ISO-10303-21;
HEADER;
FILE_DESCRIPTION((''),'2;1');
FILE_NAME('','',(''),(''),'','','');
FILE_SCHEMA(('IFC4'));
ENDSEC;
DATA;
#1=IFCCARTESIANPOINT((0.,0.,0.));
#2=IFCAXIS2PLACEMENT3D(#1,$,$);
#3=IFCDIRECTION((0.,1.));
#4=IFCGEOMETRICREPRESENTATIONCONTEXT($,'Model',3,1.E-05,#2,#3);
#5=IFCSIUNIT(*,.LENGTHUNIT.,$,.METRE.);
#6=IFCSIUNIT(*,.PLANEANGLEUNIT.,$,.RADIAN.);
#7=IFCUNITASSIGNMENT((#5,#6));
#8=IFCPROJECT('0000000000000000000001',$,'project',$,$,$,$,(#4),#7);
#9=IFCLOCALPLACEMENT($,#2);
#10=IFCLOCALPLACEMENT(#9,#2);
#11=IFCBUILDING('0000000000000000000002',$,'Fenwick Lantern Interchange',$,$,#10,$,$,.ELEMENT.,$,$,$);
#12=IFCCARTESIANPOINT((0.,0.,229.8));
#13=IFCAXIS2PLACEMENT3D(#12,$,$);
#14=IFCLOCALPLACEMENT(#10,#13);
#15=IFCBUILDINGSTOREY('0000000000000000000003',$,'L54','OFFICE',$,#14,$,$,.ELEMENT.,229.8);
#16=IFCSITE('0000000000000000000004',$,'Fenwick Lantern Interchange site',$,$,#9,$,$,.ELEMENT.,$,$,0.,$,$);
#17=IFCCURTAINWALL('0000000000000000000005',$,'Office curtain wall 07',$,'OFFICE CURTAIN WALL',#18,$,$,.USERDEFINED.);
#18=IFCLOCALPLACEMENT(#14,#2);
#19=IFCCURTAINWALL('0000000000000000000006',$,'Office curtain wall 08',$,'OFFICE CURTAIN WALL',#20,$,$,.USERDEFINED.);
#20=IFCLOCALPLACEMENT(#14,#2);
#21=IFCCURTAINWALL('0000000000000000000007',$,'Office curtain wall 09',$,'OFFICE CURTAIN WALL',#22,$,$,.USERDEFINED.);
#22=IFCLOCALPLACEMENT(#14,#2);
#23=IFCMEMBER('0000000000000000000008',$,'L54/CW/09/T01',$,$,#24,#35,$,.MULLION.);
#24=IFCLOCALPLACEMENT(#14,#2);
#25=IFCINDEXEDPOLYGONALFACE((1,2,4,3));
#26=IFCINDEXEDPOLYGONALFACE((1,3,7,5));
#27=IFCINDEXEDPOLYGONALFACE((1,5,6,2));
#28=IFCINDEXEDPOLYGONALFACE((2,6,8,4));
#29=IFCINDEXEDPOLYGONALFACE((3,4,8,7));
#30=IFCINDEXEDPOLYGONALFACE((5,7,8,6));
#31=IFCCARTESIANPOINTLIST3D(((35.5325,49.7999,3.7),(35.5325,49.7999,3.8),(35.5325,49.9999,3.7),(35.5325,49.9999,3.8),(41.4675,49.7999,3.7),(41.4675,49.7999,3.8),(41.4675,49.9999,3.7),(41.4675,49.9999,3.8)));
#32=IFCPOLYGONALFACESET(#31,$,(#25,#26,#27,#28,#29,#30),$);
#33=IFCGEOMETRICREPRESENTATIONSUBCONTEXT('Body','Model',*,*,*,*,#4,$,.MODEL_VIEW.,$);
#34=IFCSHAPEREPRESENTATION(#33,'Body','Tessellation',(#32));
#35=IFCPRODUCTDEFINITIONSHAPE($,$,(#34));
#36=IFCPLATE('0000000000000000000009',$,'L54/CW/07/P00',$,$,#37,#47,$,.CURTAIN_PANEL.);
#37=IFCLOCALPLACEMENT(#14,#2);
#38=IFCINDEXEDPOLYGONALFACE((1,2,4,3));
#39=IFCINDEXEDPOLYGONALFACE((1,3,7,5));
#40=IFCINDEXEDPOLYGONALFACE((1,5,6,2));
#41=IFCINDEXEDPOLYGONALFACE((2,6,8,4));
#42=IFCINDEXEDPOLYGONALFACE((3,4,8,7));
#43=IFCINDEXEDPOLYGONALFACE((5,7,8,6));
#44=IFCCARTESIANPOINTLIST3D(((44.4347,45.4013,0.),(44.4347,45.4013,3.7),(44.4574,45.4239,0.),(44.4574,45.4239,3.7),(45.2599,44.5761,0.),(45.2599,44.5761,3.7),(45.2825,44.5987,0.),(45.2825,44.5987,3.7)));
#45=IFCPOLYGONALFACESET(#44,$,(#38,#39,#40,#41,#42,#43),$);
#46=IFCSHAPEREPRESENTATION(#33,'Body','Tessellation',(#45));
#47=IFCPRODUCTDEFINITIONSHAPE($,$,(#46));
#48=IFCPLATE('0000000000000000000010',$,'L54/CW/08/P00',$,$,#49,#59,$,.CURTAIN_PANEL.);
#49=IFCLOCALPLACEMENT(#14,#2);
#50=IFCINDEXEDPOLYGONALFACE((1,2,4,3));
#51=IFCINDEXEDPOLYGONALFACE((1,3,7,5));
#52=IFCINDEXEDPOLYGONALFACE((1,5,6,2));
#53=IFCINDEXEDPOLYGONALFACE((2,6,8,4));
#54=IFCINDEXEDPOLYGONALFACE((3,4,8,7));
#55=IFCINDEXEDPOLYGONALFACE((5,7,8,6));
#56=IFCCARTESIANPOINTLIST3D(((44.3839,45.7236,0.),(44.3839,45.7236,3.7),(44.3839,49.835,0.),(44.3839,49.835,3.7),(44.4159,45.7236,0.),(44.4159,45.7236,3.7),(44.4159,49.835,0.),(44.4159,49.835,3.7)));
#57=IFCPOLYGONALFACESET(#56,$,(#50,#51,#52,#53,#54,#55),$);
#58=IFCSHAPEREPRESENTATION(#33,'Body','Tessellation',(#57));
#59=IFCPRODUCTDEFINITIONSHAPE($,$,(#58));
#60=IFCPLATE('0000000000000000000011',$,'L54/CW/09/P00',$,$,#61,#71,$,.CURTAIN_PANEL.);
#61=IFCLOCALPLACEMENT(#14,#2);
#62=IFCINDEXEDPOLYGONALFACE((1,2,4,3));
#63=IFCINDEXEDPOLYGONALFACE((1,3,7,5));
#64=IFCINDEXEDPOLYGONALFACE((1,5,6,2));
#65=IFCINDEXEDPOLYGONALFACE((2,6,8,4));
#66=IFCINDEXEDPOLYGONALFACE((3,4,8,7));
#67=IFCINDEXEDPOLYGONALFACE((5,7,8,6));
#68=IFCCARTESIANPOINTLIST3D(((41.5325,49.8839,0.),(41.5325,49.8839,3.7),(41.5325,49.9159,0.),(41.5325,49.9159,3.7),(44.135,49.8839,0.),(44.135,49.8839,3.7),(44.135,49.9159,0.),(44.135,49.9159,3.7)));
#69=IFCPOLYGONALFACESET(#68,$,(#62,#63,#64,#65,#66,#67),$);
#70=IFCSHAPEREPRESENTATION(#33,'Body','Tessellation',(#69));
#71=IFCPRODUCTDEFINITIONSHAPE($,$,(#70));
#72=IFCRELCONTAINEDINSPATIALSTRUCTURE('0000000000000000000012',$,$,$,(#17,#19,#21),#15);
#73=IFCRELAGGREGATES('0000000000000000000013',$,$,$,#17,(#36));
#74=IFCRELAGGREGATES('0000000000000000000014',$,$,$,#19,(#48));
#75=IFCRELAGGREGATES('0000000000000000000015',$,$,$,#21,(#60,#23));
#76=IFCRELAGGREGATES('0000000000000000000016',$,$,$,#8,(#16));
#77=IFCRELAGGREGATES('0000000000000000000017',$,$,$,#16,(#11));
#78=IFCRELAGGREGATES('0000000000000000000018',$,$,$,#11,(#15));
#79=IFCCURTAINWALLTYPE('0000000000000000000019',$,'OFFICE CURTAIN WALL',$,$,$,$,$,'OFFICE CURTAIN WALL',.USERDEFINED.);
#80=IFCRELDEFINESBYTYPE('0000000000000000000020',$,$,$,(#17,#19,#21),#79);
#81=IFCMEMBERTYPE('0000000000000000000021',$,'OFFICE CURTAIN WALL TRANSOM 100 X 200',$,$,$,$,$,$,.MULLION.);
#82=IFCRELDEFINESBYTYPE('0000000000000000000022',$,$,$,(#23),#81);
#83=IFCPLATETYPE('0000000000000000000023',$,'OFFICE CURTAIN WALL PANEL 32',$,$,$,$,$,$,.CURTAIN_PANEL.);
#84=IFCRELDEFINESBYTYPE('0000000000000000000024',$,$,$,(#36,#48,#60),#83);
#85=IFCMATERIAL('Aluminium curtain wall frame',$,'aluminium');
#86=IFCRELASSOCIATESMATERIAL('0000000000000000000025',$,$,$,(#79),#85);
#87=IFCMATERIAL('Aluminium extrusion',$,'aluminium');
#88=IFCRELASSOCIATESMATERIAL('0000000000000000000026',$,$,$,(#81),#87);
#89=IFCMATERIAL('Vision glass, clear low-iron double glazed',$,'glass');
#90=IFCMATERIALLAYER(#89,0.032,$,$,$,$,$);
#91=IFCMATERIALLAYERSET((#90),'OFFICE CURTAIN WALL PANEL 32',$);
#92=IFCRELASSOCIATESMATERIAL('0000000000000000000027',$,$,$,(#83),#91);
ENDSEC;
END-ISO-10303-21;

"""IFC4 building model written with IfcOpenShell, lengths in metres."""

from ifc_helpers import new_model, si_unit, direction, frame, origin, origin_2d, place, context, subcontext, project, spatial, rectangle, extrude, material, layer, layer_set, material_profile, profile_set, type_object, element, aggregate, save


model = new_model("IFC4")

# Units and contexts
model_context = context("Model", 3, precision=1e-05, world=origin(), true_north=direction((0.0, 1.0)))
body_context = subcontext(model_context, "Body", "Model", "MODEL_VIEW")
ifc_project = project(units=[si_unit("LENGTHUNIT", "METRE"), si_unit("PLANEANGLEUNIT", "RADIAN")], contexts=[model_context])

# Site, building, storey
site_placement = place(None, origin())
site = spatial("IfcSite", under=ifc_project, at=site_placement, Name="Fenwick Lantern Interchange site", CompositionType="ELEMENT", RefElevation=0.0)
building_placement = place(site_placement, origin())
building = spatial("IfcBuilding", under=site, at=building_placement, Name="Fenwick Lantern Interchange", CompositionType="ELEMENT")
storey_placement = place(building_placement, frame((0.0, 0.0, 229.8)))
storey = spatial("IfcBuildingStorey", under=building, at=storey_placement, Name="L54", Description="OFFICE", CompositionType="ELEMENT", Elevation=229.8)

# Shared definitions
ifc_material_1 = material(Name="Aluminium curtain wall frame", Category="aluminium")
curtain_wall_type = type_object("IfcCurtainWallType", Name="OFFICE CURTAIN WALL", ElementType="OFFICE CURTAIN WALL", PredefinedType="USERDEFINED", material=ifc_material_1)
ifc_material_2 = material(Name="Aluminium extrusion", Category="aluminium")

# Curtain walls
curtain_wall_1_placement = place(storey_placement, origin())
curtain_wall_1 = element("IfcCurtainWall", 1, at=curtain_wall_1_placement, inside=storey, type_object=curtain_wall_type, Name="Office curtain wall 07", ObjectType="OFFICE CURTAIN WALL", PredefinedType="USERDEFINED")
curtain_wall_2_placement = place(storey_placement, origin())
curtain_wall_2 = element("IfcCurtainWall", 2, at=curtain_wall_2_placement, inside=storey, type_object=curtain_wall_type, Name="Office curtain wall 08", ObjectType="OFFICE CURTAIN WALL", PredefinedType="USERDEFINED")
curtain_wall_3_placement = place(storey_placement, origin())
curtain_wall_3 = element("IfcCurtainWall", 3, at=curtain_wall_3_placement, inside=storey, type_object=curtain_wall_type, Name="Office curtain wall 09", ObjectType="OFFICE CURTAIN WALL", PredefinedType="USERDEFINED")

# Member
ifc_material_profile_1 = material_profile(ifc_material_2, rectangle(XDim=0.2, YDim=0.1001, at=origin_2d()), Name="OFFICE CURTAIN WALL TRANSOM 100 X 200")
ifc_profile_set_1 = profile_set([ifc_material_profile_1], Name="Aluminium extrusion")
member_type_1 = type_object("IfcMemberType", Name="OFFICE CURTAIN WALL TRANSOM 100 X 200", PredefinedType="MULLION", material=ifc_profile_set_1)
member_1_placement = place(storey_placement, frame((41.4675, 49.8999, 3.75), z_axis=(-1.0, 0.0, 0.0), x_axis=(0.0, -1.0, 0.0)))
member_1 = element("IfcMember", 4, at=member_1_placement, type_object=member_type_1, Name="L54/CW/09/T01", PredefinedType="MULLION", context=body_context, shape_type="SweptSolid", body=[
    extrude(rectangle(XDim=0.2, YDim=0.1001, at=origin_2d()), origin(), (0.0, 0.0, 1.0), 5.9351),
])

# Plates
ifc_material_3 = material(Name="Vision glass, clear low-iron double glazed", Category="glass")
ifc_layer_1 = layer(ifc_material_3, 0.032)
ifc_layer_set_1 = layer_set([ifc_layer_1], Name="OFFICE CURTAIN WALL PANEL 32")
plate_type = type_object("IfcPlateType", Name="OFFICE CURTAIN WALL PANEL 32", PredefinedType="CURTAIN_PANEL", material=ifc_layer_set_1)
plate_1_placement = place(storey_placement, frame((44.8586, 45.0, 0.0), z_axis=(0.0, 0.0, 1.0), x_axis=(-0.707107, 0.707107, 0.0)))
plate_1 = element("IfcPlate", 5, at=plate_1_placement, type_object=plate_type, Name="L54/CW/07/P00", PredefinedType="CURTAIN_PANEL", context=body_context, shape_type="SweptSolid", body=[
    extrude(rectangle(XDim=1.167, YDim=0.032, at=origin_2d()), origin(), (0.0, 0.0, 1.0), 3.7),
])
aggregate(curtain_wall_1, [plate_1])
plate_2_placement = place(storey_placement, frame((44.3999, 47.7793, 0.0), z_axis=(0.0, 0.0, 1.0), x_axis=(0.0, 1.0, 0.0)))
plate_2 = element("IfcPlate", 6, at=plate_2_placement, type_object=plate_type, Name="L54/CW/08/P00", PredefinedType="CURTAIN_PANEL", context=body_context, shape_type="SweptSolid", body=[
    extrude(rectangle(XDim=4.1113, YDim=0.032, at=origin_2d()), origin(), (0.0, 0.0, 1.0), 3.7),
])
aggregate(curtain_wall_2, [plate_2])
plate_3_placement = place(storey_placement, frame((42.8337, 49.8999, 0.0), z_axis=(0.0, 0.0, 1.0), x_axis=(-1.0, 0.0, 0.0)))
plate_3 = element("IfcPlate", 7, at=plate_3_placement, type_object=plate_type, Name="L54/CW/09/P00", PredefinedType="CURTAIN_PANEL", context=body_context, shape_type="SweptSolid", body=[
    extrude(rectangle(XDim=2.6025, YDim=0.032, at=origin_2d()), origin(), (0.0, 0.0, 1.0), 3.7),
])
aggregate(curtain_wall_3, [plate_3, member_1])

save(model, "model.ifc")
